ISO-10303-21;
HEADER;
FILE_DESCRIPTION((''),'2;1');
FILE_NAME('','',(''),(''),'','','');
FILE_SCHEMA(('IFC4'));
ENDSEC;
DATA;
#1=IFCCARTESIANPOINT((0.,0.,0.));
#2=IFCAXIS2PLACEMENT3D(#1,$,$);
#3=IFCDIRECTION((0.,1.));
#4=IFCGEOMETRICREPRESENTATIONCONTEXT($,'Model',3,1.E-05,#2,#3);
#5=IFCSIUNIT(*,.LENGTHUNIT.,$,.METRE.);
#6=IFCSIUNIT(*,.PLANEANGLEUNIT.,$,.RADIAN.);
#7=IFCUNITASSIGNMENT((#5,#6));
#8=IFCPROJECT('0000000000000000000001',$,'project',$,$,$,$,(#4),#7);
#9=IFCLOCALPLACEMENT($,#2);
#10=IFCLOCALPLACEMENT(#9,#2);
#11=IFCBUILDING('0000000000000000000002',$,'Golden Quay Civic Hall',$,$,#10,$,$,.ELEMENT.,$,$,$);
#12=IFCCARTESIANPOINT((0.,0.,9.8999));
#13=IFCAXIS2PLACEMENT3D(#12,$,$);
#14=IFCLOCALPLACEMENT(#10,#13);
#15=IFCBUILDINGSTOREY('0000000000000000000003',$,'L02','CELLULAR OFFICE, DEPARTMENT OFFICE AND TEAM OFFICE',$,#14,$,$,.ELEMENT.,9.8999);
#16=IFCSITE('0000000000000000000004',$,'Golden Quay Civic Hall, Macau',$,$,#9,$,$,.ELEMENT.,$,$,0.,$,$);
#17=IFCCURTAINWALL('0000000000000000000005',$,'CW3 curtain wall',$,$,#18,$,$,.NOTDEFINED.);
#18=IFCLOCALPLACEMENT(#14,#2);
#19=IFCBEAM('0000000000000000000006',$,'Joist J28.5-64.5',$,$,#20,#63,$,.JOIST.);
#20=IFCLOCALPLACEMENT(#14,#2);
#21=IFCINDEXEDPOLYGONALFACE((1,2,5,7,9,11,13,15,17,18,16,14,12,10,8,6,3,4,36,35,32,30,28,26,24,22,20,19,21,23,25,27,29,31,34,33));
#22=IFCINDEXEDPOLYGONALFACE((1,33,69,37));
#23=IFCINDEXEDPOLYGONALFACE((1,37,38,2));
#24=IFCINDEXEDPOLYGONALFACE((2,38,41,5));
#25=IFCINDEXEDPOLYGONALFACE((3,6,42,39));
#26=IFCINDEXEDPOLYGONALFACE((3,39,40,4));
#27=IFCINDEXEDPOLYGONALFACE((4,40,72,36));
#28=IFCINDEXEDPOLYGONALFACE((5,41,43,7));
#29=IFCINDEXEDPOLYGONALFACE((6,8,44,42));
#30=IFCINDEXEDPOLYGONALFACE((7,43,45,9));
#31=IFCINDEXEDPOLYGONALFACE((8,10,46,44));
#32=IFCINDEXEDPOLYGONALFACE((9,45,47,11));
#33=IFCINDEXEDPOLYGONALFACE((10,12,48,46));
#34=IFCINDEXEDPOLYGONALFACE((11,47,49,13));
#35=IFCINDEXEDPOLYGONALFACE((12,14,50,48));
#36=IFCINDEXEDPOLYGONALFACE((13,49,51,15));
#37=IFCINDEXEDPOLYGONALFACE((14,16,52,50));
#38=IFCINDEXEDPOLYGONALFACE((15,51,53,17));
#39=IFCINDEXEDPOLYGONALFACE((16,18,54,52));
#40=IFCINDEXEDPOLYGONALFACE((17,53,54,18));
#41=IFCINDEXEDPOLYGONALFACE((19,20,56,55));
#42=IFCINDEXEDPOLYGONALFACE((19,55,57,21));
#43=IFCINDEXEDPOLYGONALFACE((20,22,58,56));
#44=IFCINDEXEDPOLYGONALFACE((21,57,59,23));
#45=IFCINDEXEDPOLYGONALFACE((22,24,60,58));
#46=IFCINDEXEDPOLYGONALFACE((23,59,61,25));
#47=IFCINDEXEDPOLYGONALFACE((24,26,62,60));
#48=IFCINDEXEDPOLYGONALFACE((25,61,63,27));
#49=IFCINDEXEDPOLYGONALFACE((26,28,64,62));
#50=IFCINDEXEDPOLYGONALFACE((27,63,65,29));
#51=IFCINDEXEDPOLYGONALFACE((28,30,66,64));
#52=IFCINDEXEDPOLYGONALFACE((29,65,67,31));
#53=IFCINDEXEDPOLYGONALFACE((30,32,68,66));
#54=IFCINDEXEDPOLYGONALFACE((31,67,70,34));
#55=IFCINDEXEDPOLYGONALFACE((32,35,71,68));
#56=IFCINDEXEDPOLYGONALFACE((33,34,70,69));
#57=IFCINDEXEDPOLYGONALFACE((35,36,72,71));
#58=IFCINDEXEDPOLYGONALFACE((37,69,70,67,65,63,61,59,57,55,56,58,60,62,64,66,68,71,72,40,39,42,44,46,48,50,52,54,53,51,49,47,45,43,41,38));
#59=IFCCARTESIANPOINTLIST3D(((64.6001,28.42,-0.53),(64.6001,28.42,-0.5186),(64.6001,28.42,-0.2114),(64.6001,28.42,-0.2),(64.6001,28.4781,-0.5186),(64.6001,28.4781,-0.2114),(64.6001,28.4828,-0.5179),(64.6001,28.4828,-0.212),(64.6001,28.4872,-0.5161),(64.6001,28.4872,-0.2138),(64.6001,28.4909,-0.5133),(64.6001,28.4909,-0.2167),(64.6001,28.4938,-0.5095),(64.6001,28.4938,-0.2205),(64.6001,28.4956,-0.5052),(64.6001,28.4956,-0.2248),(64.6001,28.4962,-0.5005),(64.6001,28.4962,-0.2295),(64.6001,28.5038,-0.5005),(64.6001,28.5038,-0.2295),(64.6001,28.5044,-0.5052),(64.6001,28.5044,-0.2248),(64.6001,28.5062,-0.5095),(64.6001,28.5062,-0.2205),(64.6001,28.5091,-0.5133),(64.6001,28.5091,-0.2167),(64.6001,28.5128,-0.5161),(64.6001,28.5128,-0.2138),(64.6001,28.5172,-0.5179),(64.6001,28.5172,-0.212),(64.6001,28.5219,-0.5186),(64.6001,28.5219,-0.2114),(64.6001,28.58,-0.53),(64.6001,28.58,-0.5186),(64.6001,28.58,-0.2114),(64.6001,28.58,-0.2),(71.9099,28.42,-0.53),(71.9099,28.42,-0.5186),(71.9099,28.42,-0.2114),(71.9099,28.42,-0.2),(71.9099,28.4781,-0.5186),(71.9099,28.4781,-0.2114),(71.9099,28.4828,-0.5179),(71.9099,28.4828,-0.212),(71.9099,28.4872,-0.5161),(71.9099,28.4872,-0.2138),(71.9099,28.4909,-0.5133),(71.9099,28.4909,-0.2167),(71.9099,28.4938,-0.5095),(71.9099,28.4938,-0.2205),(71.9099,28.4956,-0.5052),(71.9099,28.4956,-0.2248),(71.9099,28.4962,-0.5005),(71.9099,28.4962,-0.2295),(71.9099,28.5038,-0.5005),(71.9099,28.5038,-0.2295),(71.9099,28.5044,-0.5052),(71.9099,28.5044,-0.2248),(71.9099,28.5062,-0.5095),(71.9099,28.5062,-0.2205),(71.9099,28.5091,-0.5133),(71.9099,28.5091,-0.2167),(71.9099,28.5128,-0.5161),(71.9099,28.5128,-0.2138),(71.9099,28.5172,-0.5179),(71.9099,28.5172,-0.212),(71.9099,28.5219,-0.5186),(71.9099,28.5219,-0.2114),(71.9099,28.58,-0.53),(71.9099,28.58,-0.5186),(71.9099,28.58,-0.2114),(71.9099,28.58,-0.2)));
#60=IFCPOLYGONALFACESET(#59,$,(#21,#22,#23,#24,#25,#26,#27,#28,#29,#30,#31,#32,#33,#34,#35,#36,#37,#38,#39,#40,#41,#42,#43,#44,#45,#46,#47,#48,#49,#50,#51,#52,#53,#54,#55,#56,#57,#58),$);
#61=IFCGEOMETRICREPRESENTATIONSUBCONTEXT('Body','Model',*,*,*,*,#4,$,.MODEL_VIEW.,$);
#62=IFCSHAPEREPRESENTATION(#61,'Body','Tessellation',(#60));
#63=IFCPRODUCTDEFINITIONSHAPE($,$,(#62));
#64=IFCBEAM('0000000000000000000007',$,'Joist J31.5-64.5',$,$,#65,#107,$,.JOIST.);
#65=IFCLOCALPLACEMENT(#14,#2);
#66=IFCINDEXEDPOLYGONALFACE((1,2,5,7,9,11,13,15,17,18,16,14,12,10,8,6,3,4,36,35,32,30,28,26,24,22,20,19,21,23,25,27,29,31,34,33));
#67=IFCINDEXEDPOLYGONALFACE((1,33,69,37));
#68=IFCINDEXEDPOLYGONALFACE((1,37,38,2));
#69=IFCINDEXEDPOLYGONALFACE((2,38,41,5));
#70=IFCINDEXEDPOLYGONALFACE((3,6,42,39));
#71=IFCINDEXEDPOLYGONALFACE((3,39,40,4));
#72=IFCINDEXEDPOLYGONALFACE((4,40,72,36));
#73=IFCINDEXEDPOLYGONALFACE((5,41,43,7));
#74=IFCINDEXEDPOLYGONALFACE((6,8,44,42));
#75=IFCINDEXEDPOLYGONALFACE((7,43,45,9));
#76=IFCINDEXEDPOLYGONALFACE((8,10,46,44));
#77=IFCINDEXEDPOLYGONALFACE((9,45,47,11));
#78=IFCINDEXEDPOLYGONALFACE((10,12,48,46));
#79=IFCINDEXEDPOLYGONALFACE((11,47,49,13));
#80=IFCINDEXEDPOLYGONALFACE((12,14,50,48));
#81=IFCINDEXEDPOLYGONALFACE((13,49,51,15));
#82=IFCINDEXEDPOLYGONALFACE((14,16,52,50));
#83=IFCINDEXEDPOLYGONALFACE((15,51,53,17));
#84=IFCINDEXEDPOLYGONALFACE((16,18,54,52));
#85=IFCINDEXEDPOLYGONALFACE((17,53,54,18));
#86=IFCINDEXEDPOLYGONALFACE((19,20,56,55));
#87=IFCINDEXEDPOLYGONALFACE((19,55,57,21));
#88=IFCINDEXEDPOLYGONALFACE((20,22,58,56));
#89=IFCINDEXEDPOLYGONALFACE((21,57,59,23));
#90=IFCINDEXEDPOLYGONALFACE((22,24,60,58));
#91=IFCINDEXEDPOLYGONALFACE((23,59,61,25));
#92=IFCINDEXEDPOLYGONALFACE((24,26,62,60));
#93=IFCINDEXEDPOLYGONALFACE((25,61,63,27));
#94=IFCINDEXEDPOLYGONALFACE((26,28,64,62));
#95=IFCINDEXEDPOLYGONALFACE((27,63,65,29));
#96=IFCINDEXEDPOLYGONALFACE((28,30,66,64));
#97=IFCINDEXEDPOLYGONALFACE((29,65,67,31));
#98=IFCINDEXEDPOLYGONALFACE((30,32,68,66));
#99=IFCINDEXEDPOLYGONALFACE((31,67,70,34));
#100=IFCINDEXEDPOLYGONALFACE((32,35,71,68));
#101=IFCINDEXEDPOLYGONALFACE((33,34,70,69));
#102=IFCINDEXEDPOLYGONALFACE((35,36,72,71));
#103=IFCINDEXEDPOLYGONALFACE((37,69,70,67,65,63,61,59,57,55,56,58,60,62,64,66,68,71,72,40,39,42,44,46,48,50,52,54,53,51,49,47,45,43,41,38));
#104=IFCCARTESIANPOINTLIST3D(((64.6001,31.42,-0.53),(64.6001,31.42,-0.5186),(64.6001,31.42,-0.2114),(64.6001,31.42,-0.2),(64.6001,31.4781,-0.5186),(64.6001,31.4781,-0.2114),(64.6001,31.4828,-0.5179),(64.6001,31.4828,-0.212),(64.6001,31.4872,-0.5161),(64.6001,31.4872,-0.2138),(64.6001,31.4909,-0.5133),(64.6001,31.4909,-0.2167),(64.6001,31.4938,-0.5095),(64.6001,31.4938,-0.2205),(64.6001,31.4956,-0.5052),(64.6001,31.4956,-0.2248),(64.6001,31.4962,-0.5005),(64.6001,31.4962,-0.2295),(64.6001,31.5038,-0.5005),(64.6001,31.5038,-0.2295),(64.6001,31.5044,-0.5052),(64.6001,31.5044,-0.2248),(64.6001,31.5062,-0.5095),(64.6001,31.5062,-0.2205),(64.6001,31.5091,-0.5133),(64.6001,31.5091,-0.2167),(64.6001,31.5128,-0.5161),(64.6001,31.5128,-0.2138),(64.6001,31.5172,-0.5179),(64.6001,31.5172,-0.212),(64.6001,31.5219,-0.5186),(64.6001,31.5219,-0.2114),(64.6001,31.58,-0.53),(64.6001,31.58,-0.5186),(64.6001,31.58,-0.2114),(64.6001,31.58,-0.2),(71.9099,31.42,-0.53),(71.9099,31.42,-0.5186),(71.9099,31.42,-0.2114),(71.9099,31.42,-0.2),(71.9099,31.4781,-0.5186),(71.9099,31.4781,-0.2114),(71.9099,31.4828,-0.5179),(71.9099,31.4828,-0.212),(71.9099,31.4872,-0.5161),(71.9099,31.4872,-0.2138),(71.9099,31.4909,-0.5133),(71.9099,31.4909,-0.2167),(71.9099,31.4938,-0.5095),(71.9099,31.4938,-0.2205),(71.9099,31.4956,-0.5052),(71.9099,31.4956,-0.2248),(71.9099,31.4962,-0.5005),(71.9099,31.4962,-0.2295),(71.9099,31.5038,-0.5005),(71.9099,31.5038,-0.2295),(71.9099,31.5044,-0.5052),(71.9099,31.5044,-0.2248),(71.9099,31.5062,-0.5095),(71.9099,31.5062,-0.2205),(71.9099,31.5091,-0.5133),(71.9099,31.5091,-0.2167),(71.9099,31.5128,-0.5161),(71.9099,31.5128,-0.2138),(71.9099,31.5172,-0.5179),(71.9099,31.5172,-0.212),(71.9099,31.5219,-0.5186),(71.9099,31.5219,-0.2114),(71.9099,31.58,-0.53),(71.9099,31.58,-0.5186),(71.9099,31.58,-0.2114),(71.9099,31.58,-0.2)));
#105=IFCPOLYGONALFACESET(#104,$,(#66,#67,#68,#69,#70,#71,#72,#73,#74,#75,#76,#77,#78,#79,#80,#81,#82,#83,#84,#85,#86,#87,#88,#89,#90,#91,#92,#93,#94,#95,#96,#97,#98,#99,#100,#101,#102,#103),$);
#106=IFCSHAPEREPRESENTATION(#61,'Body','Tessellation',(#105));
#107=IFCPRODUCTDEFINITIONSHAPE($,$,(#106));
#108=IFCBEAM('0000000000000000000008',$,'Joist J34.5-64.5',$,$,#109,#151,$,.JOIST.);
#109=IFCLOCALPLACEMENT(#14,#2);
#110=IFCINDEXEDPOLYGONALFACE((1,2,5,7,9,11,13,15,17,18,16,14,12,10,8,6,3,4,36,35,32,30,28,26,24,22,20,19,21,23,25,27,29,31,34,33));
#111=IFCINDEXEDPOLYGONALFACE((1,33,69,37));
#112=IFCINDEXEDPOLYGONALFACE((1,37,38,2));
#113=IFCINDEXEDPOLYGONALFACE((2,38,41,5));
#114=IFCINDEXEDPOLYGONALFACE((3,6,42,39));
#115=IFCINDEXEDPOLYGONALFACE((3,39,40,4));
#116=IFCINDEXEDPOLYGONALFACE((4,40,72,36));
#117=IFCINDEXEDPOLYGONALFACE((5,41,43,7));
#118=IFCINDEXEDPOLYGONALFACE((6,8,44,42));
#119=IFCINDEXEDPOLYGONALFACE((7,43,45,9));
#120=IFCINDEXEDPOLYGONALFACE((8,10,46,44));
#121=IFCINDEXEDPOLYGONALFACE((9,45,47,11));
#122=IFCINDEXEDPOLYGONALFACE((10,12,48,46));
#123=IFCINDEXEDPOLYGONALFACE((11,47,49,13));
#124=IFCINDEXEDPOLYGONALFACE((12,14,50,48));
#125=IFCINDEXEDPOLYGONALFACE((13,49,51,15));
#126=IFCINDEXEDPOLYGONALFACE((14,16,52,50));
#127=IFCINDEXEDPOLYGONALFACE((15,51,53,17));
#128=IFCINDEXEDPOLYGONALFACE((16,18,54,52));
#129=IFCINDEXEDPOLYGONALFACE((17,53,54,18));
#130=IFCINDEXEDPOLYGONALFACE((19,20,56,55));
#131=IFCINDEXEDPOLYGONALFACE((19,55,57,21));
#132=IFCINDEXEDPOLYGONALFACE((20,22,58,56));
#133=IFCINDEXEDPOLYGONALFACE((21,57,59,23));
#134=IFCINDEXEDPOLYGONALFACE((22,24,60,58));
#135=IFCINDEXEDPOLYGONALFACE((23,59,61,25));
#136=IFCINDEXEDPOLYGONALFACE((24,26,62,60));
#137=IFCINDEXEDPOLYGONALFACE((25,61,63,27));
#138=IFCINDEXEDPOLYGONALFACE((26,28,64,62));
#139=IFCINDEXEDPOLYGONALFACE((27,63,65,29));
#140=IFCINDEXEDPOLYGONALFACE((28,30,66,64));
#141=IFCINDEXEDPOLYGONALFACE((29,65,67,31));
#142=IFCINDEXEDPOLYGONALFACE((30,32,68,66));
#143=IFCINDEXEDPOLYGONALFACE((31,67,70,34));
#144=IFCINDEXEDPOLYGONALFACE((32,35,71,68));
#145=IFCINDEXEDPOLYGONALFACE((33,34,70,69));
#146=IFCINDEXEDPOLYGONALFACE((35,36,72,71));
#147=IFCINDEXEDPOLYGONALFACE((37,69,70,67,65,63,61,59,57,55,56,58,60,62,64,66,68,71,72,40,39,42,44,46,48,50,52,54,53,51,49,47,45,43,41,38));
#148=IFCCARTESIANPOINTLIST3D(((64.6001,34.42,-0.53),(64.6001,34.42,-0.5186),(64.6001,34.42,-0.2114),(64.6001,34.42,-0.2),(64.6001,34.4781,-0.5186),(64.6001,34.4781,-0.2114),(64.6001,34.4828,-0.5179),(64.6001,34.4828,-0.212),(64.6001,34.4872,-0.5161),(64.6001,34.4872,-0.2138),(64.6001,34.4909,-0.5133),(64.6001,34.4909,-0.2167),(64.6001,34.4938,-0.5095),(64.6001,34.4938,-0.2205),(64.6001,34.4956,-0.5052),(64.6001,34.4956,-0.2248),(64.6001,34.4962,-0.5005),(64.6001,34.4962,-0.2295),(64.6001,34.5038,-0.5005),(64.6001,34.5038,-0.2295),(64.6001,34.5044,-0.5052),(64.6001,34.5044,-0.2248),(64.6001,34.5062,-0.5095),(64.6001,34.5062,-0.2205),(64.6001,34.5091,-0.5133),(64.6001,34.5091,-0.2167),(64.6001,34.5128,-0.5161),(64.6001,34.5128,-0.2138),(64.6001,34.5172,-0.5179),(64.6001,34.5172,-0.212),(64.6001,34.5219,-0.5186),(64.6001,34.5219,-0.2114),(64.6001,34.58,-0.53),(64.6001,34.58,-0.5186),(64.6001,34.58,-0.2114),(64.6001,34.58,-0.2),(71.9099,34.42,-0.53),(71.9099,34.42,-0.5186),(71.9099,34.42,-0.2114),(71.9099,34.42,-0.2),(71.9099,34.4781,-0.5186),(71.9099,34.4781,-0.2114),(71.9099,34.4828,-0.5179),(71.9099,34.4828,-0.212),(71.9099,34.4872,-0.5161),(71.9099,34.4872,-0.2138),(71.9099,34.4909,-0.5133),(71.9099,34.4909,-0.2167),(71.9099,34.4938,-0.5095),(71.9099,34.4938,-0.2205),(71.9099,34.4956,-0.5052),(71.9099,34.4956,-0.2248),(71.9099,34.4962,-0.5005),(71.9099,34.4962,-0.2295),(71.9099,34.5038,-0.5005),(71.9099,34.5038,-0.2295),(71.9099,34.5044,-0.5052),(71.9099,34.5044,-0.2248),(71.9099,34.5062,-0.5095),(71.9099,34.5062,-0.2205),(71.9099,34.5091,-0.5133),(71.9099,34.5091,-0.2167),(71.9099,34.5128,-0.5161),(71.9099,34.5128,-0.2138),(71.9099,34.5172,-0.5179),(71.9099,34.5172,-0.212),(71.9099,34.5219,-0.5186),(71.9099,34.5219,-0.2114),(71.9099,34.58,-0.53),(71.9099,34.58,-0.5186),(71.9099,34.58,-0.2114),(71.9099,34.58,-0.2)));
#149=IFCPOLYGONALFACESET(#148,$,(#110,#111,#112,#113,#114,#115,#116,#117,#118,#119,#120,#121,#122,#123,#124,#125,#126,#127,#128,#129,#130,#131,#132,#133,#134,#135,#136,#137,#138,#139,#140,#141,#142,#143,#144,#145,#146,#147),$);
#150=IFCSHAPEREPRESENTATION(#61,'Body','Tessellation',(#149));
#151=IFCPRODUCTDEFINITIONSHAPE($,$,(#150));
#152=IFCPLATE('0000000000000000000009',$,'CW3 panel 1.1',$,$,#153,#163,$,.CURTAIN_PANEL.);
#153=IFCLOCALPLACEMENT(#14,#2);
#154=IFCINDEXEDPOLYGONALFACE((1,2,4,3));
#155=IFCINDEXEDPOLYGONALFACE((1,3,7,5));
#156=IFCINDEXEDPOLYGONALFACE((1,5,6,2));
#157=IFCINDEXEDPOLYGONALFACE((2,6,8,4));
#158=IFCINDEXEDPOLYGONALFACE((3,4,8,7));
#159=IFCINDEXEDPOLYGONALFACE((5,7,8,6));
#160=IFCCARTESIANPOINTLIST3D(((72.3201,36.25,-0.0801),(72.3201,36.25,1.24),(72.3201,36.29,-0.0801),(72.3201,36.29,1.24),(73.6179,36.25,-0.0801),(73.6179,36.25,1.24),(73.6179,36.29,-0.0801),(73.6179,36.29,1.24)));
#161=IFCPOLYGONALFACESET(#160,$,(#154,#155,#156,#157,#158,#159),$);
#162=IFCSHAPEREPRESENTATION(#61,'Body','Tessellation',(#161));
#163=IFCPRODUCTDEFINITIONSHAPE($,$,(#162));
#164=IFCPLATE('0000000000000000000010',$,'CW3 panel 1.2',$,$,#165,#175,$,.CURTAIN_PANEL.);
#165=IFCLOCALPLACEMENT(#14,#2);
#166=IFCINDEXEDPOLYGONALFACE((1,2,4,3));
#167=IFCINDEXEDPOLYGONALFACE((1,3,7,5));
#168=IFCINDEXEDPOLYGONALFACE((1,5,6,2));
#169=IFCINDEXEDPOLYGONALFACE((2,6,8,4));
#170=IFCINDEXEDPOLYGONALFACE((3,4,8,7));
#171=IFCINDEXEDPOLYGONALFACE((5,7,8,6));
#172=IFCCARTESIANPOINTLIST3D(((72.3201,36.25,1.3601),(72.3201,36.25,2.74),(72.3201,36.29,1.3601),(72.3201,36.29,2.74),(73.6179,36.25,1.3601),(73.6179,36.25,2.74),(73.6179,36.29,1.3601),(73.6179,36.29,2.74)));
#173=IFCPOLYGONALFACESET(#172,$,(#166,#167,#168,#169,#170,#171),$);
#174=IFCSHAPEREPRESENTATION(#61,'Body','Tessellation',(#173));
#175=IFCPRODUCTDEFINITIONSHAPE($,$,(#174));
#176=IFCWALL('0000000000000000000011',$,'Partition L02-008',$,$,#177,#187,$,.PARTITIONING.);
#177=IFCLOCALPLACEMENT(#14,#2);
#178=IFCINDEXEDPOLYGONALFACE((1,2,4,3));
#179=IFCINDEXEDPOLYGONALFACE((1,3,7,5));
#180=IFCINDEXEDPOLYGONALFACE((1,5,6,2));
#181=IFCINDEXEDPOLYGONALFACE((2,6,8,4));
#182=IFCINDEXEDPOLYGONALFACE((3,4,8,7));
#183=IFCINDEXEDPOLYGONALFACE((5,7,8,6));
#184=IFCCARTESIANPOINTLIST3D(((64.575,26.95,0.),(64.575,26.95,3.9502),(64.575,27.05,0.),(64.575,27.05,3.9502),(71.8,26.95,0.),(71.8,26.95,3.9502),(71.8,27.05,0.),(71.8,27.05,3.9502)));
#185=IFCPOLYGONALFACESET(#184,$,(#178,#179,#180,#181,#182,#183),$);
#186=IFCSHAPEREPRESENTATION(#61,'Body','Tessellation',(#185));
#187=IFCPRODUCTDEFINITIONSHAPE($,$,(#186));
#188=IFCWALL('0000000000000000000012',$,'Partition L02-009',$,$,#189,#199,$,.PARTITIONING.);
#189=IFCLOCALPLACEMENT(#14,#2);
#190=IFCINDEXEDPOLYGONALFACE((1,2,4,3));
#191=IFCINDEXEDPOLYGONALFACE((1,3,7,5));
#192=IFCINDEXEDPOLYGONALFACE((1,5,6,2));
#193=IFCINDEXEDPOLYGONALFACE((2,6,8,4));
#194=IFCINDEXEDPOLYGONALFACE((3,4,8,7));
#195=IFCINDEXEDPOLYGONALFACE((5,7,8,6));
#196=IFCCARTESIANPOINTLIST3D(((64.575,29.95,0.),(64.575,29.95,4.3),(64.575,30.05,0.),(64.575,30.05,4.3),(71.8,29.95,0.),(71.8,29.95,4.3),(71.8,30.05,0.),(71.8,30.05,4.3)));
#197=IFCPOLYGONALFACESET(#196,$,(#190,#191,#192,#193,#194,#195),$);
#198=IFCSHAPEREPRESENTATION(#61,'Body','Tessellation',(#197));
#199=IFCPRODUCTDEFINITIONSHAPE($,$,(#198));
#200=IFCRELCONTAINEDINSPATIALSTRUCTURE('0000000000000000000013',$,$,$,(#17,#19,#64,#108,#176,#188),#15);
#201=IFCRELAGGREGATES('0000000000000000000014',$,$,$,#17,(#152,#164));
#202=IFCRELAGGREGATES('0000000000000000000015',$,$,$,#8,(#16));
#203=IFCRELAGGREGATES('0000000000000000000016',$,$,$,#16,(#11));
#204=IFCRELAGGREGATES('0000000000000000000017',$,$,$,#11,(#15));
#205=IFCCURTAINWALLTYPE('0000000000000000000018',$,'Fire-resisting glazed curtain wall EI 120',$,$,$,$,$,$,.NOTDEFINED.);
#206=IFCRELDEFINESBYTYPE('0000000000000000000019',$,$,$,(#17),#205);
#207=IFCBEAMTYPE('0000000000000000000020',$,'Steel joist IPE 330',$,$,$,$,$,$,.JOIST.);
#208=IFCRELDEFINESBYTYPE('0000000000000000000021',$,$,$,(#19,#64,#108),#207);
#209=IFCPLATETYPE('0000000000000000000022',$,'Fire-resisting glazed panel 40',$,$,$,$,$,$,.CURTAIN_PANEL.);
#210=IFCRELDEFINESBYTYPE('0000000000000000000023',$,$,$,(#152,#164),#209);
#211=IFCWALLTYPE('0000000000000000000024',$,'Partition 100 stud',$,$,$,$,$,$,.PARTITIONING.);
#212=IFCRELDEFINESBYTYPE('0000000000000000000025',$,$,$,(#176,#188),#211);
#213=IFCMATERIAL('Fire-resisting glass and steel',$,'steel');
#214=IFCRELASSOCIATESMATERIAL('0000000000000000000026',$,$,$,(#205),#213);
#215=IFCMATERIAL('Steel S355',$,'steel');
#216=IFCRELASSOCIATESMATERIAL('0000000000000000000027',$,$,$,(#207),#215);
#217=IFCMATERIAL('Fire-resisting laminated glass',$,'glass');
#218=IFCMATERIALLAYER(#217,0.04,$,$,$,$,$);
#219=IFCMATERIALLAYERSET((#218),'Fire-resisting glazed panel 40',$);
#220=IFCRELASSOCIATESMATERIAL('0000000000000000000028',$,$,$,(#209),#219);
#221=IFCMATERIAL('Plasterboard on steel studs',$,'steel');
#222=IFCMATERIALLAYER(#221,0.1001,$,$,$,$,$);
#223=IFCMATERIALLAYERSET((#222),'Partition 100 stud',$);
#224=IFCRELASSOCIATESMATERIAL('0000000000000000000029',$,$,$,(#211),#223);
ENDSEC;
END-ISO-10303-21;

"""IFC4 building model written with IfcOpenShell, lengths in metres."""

from ifc_helpers import new_model, si_unit, direction, frame, frame_2d, origin, origin_2d, place, context, subcontext, project, spatial, rectangle, i_section, extrude, material, layer, layer_set, material_profile, profile_set, type_object, element, aggregate, save


model = new_model("IFC4")

# Units and contexts
model_context = context("Model", 3, precision=1e-05, world=origin(), true_north=direction((0.0, 1.0)))
body_context = subcontext(model_context, "Body", "Model", "MODEL_VIEW")
ifc_project = project(units=[si_unit("LENGTHUNIT", "METRE"), si_unit("PLANEANGLEUNIT", "RADIAN")], contexts=[model_context])

# Site, building, storey
site_placement = place(None, origin())
site = spatial("IfcSite", under=ifc_project, at=site_placement, Name="Golden Quay Civic Hall, Macau", CompositionType="ELEMENT", RefElevation=0.0)
building_placement = place(site_placement, origin())
building = spatial("IfcBuilding", under=site, at=building_placement, Name="Golden Quay Civic Hall", CompositionType="ELEMENT")
storey_placement = place(building_placement, frame((0.0, 0.0, 9.8999)))
storey = spatial("IfcBuildingStorey", under=building, at=storey_placement, Name="L02", Description="CELLULAR OFFICE, DEPARTMENT OFFICE AND TEAM OFFICE", CompositionType="ELEMENT", Elevation=9.8999)

# Curtain wall
ifc_material_1 = material(Name="Fire-resisting glass and steel", Category="steel")
curtain_wall_type = type_object("IfcCurtainWallType", Name="Fire-resisting glazed curtain wall EI 120", PredefinedType="NOTDEFINED", material=ifc_material_1)
curtain_wall_placement = place(storey_placement, origin())
curtain_wall = element("IfcCurtainWall", 1, at=curtain_wall_placement, inside=storey, type_object=curtain_wall_type, Name="CW3 curtain wall", PredefinedType="NOTDEFINED")

# Beams
ifc_material_2 = material(Name="Steel S355", Category="steel")
ifc_material_profile_1 = material_profile(ifc_material_2, i_section(OverallWidth=0.1599, OverallDepth=0.3301, WebThickness=0.0076, FlangeThickness=0.0115, FilletRadius=0.0181, at=origin_2d()), Name="IPE 330")
ifc_profile_set_1 = profile_set([ifc_material_profile_1], Name="Steel S355")
beam_type_1 = type_object("IfcBeamType", Name="Steel joist IPE 330", PredefinedType="JOIST", material=ifc_profile_set_1)
for number, where, z_axis, x_axis, name in (
    (2, (64.6001, 28.5, -0.365), (1.0, 0.0, 0.0), (0.0, 1.0, 0.0), "Joist J28.5-64.5"),
    (3, (64.6001, 31.5, -0.365), (1.0, 0.0, 0.0), (0.0, 1.0, 0.0), "Joist J31.5-64.5"),
    (4, (64.6001, 34.5, -0.365), (1.0, 0.0, 0.0), (0.0, 1.0, 0.0), "Joist J34.5-64.5"),
):
    element("IfcBeam", number, at=place(storey_placement, frame(where, z_axis=z_axis, x_axis=x_axis)), inside=storey, type_object=beam_type_1, Name=name, PredefinedType="JOIST", context=body_context, shape_type="SweptSolid", body=[
        extrude(i_section(OverallWidth=0.1599, OverallDepth=0.3301, WebThickness=0.0076, FlangeThickness=0.0115, FilletRadius=0.0181, at=origin_2d()), origin(), (0.0, 0.0, 1.0), 7.3098),
    ])

# Plates
ifc_material_3 = material(Name="Fire-resisting laminated glass", Category="glass")
ifc_layer_1 = layer(ifc_material_3, 0.04)
ifc_layer_set_1 = layer_set([ifc_layer_1], Name="Fire-resisting glazed panel 40")
plate_type = type_object("IfcPlateType", Name="Fire-resisting glazed panel 40", PredefinedType="CURTAIN_PANEL", material=ifc_layer_set_1)
plate_1_placement = place(storey_placement, frame((72.969, 36.27, -0.0801), z_axis=(0.0, 0.0, 1.0), x_axis=(1.0, 0.0, 0.0)))
plate_1 = element("IfcPlate", 5, at=plate_1_placement, type_object=plate_type, Name="CW3 panel 1.1", PredefinedType="CURTAIN_PANEL", context=body_context, shape_type="SweptSolid", body=[
    extrude(rectangle(XDim=1.2979, YDim=0.04, at=origin_2d()), origin(), (0.0, 0.0, 1.0), 1.3201),
])
plate_2_placement = place(storey_placement, frame((72.969, 36.27, 1.3601), z_axis=(0.0, 0.0, 1.0), x_axis=(1.0, 0.0, 0.0)))
plate_2 = element("IfcPlate", 6, at=plate_2_placement, type_object=plate_type, Name="CW3 panel 1.2", PredefinedType="CURTAIN_PANEL", context=body_context, shape_type="SweptSolid", body=[
    extrude(rectangle(XDim=1.2979, YDim=0.04, at=origin_2d()), origin(), (0.0, 0.0, 1.0), 1.3799),
])
aggregate(curtain_wall, [plate_1, plate_2])

# Walls
ifc_material_4 = material(Name="Plasterboard on steel studs", Category="steel")
ifc_layer_2 = layer(ifc_material_4, 0.1001)
ifc_layer_set_2 = layer_set([ifc_layer_2], Name="Partition 100 stud")
wall_type_1 = type_object("IfcWallType", Name="Partition 100 stud", PredefinedType="PARTITIONING", material=ifc_layer_set_2)
wall_1_placement = place(storey_placement, frame((64.575, 27.0, 0.0), z_axis=(0.0, 0.0, 1.0), x_axis=(1.0, 0.0, 0.0)))
element("IfcWall", 7, at=wall_1_placement, inside=storey, type_object=wall_type_1, Name="Partition L02-008", PredefinedType="PARTITIONING", context=body_context, shape_type="SweptSolid", body=[
    extrude(rectangle(XDim=7.2251, YDim=0.1001, at=frame_2d((3.6125, 0.0))), origin(), (0.0, 0.0, 1.0), 3.9502),
])
wall_2_placement = place(storey_placement, frame((64.575, 30.0, 0.0), z_axis=(0.0, 0.0, 1.0), x_axis=(1.0, 0.0, 0.0)))
element("IfcWall", 8, at=wall_2_placement, inside=storey, type_object=wall_type_1, Name="Partition L02-009", PredefinedType="PARTITIONING", context=body_context, shape_type="SweptSolid", body=[
    extrude(rectangle(XDim=7.2251, YDim=0.1001, at=frame_2d((3.6125, 0.0))), origin(), (0.0, 0.0, 1.0), 4.3),
])

save(model, "model.ifc")
